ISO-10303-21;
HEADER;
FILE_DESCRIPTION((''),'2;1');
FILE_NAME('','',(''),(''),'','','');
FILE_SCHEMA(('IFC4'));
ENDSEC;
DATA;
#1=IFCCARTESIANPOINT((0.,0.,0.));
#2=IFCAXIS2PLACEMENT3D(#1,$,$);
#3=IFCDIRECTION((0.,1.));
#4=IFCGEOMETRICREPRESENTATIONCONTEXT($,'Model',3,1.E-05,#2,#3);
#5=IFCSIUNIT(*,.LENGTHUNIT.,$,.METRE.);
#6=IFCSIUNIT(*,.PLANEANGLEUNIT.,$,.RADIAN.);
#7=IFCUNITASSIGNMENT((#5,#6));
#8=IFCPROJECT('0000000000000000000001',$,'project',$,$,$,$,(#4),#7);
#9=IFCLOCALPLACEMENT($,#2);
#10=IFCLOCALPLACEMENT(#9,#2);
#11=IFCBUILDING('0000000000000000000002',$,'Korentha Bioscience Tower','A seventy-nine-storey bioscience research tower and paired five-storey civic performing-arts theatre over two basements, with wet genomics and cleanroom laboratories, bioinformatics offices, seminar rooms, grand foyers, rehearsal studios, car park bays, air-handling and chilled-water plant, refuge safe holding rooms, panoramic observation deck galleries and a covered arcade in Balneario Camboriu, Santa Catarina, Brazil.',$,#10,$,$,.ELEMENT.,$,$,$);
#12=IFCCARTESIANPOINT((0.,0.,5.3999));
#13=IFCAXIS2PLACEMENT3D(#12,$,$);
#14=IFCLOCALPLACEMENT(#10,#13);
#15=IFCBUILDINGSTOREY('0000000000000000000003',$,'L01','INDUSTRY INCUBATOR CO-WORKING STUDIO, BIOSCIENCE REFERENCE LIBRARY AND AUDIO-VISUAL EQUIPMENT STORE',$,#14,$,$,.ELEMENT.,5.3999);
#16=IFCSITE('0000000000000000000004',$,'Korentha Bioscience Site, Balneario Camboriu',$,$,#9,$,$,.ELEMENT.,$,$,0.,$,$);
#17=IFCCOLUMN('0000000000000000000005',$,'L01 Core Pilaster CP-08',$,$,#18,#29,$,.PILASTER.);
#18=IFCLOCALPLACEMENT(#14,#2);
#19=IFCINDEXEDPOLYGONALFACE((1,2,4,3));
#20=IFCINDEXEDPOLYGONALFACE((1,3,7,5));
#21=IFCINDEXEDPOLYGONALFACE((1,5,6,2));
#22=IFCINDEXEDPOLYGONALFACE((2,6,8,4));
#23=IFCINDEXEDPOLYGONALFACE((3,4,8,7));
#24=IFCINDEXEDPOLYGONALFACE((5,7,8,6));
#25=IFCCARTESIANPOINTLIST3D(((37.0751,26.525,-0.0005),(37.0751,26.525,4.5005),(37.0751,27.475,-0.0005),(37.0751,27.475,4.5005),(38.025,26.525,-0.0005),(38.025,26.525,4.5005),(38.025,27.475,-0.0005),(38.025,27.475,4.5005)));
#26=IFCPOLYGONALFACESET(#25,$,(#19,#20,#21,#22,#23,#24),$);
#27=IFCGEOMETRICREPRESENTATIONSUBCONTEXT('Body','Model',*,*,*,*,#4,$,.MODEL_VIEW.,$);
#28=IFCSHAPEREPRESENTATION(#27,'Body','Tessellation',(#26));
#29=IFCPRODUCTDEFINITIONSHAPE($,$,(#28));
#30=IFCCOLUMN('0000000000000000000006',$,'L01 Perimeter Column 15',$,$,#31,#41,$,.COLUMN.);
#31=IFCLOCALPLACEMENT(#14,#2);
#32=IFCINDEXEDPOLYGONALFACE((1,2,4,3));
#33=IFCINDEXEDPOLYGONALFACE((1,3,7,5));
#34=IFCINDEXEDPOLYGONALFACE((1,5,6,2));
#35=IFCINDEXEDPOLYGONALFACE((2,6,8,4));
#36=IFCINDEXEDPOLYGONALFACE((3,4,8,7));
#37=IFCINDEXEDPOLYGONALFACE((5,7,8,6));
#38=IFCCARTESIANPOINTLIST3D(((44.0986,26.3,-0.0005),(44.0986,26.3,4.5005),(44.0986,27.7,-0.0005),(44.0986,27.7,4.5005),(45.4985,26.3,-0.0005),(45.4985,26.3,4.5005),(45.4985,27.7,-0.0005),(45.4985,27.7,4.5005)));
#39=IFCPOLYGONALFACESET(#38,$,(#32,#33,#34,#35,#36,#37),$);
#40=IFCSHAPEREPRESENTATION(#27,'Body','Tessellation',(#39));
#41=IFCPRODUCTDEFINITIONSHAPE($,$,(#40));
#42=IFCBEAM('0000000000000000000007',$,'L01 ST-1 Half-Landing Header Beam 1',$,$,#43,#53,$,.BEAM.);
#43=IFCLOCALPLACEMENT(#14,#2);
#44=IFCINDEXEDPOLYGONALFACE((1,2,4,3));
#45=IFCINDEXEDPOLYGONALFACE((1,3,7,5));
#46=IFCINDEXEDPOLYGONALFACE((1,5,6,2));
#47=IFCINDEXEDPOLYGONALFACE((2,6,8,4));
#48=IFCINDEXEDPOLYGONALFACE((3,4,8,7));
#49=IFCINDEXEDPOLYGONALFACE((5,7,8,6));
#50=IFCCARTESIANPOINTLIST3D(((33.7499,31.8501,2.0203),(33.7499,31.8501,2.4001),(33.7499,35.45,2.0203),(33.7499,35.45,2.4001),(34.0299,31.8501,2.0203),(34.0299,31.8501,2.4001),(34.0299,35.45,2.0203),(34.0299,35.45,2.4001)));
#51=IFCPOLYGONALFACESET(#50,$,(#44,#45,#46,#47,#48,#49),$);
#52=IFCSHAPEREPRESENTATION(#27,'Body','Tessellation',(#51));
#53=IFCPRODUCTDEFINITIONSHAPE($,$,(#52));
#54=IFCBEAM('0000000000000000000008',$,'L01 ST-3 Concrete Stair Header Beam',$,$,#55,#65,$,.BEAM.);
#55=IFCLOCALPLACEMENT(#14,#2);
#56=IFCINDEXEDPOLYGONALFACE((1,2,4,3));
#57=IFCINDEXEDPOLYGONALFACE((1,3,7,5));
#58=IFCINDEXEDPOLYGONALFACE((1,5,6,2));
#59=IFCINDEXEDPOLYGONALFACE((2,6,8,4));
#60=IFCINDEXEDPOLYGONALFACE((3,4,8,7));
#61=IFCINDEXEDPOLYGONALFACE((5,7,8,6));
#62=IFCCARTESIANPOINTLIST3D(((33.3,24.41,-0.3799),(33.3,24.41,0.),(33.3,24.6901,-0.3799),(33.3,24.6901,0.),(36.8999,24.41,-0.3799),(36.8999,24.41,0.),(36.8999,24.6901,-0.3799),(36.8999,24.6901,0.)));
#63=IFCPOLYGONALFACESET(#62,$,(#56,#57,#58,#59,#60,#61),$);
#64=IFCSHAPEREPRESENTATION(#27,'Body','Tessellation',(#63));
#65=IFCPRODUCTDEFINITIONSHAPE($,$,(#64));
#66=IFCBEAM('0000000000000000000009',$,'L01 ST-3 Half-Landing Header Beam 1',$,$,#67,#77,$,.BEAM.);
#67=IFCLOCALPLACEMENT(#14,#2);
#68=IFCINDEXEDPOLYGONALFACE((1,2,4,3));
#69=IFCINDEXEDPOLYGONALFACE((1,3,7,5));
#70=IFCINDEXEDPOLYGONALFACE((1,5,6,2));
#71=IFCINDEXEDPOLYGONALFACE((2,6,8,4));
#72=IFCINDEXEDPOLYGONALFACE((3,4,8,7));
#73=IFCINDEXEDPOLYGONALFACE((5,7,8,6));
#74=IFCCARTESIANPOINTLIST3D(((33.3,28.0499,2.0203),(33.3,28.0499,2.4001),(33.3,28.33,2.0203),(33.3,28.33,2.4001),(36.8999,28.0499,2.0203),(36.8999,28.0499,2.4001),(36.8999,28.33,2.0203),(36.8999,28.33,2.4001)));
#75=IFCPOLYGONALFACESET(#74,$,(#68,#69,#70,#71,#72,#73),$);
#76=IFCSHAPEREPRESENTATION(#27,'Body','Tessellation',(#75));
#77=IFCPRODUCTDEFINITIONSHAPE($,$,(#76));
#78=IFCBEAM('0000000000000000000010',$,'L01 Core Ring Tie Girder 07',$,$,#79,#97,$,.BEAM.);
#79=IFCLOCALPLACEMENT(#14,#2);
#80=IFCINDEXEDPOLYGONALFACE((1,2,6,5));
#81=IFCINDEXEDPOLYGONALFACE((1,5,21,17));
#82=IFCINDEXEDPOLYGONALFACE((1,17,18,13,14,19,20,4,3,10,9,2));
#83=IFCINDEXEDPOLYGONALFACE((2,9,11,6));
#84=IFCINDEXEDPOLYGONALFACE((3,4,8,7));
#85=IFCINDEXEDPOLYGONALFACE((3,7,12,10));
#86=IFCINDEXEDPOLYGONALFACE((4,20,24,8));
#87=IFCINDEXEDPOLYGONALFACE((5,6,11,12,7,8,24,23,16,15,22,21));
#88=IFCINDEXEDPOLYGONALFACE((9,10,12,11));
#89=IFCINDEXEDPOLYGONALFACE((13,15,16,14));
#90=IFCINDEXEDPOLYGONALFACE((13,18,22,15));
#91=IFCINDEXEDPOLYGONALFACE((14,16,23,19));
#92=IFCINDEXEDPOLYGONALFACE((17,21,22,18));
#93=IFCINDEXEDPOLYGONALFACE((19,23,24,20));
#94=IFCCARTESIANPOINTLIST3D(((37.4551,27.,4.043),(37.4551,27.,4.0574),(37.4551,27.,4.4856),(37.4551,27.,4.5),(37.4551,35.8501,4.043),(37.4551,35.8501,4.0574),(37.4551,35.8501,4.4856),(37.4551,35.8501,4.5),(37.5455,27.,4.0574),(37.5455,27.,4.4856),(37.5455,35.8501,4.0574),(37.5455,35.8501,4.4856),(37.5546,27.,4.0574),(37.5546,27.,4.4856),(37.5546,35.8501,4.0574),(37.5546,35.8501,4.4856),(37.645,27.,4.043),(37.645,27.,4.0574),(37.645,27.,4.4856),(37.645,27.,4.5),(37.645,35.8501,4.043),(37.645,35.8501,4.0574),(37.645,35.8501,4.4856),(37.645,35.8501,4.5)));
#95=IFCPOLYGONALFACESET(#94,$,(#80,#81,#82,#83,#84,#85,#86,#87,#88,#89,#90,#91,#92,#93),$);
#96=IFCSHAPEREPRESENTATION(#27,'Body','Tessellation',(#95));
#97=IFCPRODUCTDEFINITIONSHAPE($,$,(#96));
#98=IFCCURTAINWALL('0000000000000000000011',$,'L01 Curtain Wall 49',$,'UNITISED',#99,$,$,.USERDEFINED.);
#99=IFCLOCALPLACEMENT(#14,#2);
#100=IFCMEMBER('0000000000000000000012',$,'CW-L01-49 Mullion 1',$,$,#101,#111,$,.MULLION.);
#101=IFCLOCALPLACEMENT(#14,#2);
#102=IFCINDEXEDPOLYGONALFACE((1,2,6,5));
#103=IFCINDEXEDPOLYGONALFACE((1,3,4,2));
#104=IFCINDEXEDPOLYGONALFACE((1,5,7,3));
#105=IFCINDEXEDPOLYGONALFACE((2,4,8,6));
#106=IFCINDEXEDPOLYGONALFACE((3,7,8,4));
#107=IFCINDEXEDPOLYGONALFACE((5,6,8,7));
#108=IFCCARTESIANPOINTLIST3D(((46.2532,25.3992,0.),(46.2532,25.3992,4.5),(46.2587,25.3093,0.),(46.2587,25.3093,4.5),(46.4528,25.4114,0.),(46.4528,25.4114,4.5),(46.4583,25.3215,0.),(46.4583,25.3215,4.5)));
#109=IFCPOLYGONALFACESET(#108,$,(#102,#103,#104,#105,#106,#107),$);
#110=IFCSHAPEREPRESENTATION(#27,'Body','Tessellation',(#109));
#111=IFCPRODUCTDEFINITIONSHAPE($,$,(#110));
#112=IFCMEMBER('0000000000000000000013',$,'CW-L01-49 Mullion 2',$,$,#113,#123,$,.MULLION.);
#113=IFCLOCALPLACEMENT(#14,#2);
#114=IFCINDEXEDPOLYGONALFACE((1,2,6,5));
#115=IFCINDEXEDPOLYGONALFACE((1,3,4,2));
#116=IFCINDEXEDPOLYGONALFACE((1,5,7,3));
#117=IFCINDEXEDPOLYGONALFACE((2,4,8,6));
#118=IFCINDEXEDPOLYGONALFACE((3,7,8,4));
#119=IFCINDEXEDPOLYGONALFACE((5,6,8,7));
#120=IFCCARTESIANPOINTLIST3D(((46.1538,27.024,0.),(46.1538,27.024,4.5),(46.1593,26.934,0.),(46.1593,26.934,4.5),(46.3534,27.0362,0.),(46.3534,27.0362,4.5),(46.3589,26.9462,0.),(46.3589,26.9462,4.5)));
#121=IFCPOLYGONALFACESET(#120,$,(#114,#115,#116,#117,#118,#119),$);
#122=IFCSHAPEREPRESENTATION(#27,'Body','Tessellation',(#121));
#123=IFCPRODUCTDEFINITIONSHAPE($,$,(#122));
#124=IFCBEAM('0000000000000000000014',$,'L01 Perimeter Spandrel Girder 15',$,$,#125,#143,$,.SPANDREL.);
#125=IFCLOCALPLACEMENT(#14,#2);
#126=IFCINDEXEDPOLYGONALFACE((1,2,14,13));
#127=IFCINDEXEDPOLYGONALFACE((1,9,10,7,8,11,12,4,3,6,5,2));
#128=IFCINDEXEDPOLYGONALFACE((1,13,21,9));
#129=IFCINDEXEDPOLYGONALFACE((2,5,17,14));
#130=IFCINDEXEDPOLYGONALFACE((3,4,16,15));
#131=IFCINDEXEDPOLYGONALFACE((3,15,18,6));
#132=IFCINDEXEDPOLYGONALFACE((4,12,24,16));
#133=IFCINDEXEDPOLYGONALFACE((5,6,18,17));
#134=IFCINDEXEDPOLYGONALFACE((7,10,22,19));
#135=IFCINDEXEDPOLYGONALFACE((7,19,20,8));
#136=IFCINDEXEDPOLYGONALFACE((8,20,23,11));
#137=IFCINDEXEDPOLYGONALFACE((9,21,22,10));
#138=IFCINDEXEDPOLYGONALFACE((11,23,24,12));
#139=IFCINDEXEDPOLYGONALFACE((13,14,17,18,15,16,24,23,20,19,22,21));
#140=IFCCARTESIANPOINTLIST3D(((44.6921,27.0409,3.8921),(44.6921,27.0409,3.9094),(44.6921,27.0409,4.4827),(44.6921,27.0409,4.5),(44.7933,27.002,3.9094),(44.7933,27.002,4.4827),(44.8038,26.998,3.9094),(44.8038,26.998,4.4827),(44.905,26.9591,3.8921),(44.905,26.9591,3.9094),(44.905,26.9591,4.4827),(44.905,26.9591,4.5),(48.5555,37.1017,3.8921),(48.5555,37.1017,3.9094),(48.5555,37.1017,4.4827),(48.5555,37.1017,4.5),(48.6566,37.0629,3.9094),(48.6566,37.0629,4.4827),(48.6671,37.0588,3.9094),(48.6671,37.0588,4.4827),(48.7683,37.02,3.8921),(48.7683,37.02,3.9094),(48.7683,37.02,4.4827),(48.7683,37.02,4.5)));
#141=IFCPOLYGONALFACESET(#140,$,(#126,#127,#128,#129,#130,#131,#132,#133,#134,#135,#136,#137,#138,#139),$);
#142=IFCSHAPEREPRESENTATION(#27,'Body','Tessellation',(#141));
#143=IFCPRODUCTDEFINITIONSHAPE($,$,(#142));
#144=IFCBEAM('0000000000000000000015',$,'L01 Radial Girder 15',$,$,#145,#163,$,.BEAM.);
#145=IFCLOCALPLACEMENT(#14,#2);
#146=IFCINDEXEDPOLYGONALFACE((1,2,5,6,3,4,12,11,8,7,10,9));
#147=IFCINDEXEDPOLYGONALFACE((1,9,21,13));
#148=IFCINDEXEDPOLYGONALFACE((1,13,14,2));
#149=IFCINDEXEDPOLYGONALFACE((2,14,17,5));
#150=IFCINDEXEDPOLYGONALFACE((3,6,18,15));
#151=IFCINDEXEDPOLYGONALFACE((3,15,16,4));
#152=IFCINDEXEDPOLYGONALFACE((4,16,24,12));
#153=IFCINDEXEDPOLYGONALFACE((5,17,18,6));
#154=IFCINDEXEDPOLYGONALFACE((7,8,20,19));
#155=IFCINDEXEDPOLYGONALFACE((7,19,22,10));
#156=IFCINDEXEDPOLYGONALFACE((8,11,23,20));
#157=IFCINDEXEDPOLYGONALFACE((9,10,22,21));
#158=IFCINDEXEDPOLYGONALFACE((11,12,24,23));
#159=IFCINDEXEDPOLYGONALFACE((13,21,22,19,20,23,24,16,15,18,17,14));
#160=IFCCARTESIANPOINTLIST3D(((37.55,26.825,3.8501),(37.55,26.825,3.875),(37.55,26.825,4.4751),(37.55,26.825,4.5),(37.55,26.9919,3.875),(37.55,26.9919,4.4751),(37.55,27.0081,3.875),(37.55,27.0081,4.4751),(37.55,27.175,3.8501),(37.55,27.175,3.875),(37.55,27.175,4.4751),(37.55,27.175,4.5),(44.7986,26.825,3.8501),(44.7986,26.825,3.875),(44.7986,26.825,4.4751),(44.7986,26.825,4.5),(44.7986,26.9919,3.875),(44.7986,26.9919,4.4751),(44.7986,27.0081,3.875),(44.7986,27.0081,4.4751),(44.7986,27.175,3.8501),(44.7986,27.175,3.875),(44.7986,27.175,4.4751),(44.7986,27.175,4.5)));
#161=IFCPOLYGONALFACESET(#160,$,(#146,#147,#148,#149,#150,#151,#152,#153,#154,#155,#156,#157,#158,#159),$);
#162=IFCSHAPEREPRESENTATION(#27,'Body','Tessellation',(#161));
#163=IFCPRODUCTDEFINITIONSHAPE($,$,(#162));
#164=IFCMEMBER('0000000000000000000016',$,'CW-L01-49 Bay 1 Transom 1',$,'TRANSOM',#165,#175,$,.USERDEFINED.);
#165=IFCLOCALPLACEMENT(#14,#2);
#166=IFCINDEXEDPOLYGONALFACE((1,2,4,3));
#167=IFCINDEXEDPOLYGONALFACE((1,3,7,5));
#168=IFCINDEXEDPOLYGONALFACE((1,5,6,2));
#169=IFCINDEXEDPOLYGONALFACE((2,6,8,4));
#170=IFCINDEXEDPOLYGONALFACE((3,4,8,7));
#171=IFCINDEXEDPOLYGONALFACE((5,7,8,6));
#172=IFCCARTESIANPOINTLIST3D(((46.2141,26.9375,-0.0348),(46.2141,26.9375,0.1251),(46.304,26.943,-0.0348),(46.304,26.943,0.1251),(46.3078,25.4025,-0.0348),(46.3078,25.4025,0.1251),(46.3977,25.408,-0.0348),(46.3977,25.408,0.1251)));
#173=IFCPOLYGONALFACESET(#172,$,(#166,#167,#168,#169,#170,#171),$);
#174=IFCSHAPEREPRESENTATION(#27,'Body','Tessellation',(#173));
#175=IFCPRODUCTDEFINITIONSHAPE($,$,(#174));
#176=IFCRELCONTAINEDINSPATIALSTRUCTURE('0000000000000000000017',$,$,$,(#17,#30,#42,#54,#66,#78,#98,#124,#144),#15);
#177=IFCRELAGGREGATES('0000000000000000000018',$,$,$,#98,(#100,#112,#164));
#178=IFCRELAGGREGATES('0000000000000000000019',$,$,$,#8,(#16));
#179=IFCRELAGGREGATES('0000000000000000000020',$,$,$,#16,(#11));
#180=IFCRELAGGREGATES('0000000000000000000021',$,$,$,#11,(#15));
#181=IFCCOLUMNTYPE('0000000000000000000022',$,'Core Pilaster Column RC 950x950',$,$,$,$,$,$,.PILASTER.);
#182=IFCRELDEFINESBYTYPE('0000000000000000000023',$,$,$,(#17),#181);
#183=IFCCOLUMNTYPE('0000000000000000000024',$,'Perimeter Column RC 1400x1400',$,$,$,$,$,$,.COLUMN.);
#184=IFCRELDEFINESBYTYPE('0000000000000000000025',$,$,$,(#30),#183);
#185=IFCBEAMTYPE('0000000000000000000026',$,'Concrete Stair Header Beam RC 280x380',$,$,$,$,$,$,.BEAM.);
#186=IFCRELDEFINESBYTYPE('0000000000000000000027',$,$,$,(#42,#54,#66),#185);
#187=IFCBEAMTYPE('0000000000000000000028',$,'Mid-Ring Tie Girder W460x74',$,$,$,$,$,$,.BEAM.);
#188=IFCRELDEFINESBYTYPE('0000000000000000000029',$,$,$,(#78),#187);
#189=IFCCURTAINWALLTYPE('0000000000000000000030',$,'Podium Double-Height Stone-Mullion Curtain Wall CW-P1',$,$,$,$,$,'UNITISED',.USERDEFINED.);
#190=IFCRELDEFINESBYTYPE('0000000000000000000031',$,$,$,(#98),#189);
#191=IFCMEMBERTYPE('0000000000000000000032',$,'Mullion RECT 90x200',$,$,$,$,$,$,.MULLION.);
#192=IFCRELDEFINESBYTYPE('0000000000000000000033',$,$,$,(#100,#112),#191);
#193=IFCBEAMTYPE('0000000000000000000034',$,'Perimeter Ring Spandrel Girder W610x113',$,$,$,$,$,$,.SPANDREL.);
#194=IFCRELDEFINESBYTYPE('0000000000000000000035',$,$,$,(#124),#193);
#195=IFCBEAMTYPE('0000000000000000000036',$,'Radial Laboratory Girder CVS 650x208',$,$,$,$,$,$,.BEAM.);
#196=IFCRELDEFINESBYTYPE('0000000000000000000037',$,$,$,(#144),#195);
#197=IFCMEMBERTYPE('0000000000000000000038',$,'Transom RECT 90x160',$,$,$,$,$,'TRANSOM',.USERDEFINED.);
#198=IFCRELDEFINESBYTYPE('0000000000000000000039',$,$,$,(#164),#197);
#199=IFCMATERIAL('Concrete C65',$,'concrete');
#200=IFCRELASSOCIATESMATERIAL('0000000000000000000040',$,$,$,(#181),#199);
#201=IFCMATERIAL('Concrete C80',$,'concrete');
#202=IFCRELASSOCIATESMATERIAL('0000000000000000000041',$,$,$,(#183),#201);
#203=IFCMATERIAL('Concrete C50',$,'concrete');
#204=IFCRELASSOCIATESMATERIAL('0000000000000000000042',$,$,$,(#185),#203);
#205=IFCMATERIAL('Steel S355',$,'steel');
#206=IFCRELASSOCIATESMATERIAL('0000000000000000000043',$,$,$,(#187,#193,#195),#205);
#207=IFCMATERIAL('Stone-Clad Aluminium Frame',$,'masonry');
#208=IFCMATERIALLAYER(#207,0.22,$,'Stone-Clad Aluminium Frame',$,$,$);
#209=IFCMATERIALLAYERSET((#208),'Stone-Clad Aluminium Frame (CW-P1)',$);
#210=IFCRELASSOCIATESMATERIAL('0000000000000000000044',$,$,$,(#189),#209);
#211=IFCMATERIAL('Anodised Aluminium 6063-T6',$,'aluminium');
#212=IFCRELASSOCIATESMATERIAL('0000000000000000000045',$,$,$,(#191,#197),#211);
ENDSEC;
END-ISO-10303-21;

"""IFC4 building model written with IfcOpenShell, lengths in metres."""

from ifc_helpers import new_model, si_unit, direction, frame, origin, origin_2d, place, context, subcontext, project, spatial, rectangle, i_section, extrude, material, layer, layer_set, material_profile, profile_set, type_object, element, aggregate, save


model = new_model("IFC4")

# Units and contexts
model_context = context("Model", 3, precision=1e-05, world=origin(), true_north=direction((0.0, 1.0)))
body_context = subcontext(model_context, "Body", "Model", "MODEL_VIEW")
ifc_project = project(units=[si_unit("LENGTHUNIT", "METRE"), si_unit("PLANEANGLEUNIT", "RADIAN")], contexts=[model_context])

# Site, building, storey
site_placement = place(None, origin())
site = spatial("IfcSite", under=ifc_project, at=site_placement, Name="Korentha Bioscience Site, Balneario Camboriu", CompositionType="ELEMENT", RefElevation=0.0)
building_placement = place(site_placement, origin())
building = spatial("IfcBuilding", under=site, at=building_placement, Name="Korentha Bioscience Tower", Description="A seventy-nine-storey bioscience research tower and paired five-storey civic performing-arts theatre over two basements, with wet genomics and cleanroom laboratories, bioinformatics offices, seminar rooms, grand foyers, rehearsal studios, car park bays, air-handling and chilled-water plant, refuge safe holding rooms, panoramic observation deck galleries and a covered arcade in Balneario Camboriu, Santa Catarina, Brazil.", CompositionType="ELEMENT")
storey_placement = place(building_placement, frame((0.0, 0.0, 5.3999)))
storey = spatial("IfcBuildingStorey", under=building, at=storey_placement, Name="L01", Description="INDUSTRY INCUBATOR CO-WORKING STUDIO, BIOSCIENCE REFERENCE LIBRARY AND AUDIO-VISUAL EQUIPMENT STORE", CompositionType="ELEMENT", Elevation=5.3999)

# Columns
ifc_material_1 = material(Name="Concrete C65", Category="concrete")
ifc_material_profile_1 = material_profile(ifc_material_1, rectangle(XDim=0.95, YDim=0.95, at=origin_2d()), Name="Concrete C65")
ifc_profile_set_1 = profile_set([ifc_material_profile_1], Name="Concrete C65 (COL-CP09)")
column_type_1 = type_object("IfcColumnType", Name="Core Pilaster Column RC 950x950", PredefinedType="PILASTER", material=ifc_profile_set_1)
column_1_placement = place(storey_placement, frame((37.55, 27.0, -0.0005), z_axis=(0.0, 0.0, 1.0), x_axis=(1.0, 0.0, 0.0)))
element("IfcColumn", 1, at=column_1_placement, inside=storey, type_object=column_type_1, Name="L01 Core Pilaster CP-08", PredefinedType="PILASTER", context=body_context, shape_type="SweptSolid", body=[
    extrude(rectangle(XDim=0.95, YDim=0.95, at=origin_2d()), origin(), (0.0, 0.0, 1.0), 4.501),
])
ifc_material_2 = material(Name="Concrete C80", Category="concrete")
ifc_material_profile_2 = material_profile(ifc_material_2, rectangle(XDim=1.3999, YDim=1.3999, at=origin_2d()), Name="Concrete C80")
ifc_profile_set_2 = profile_set([ifc_material_profile_2], Name="Concrete C80 (COL-P14)")
column_type_2 = type_object("IfcColumnType", Name="Perimeter Column RC 1400x1400", PredefinedType="COLUMN", material=ifc_profile_set_2)
column_2_placement = place(storey_placement, frame((44.7986, 27.0, -0.0005), z_axis=(0.0, 0.0, 1.0), x_axis=(0.0, 1.0, 0.0)))
element("IfcColumn", 2, at=column_2_placement, inside=storey, type_object=column_type_2, Name="L01 Perimeter Column 15", PredefinedType="COLUMN", context=body_context, shape_type="SweptSolid", body=[
    extrude(rectangle(XDim=1.3999, YDim=1.3999, at=origin_2d()), origin(), (0.0, 0.0, 1.0), 4.501),
])

# Beams
ifc_material_3 = material(Name="Concrete C50", Category="concrete")
ifc_material_profile_3 = material_profile(ifc_material_3, rectangle(XDim=0.28, YDim=0.3799, at=origin_2d()), Name="Concrete C50")
ifc_profile_set_3 = profile_set([ifc_material_profile_3], Name="Concrete C50 (ST-HB380)")
beam_type_1 = type_object("IfcBeamType", Name="Concrete Stair Header Beam RC 280x380", PredefinedType="BEAM", material=ifc_profile_set_3)
for number, where, z_axis, x_axis, name in (
    (3, (33.8899, 31.8501, 2.2102), (0.0, 1.0, 0.0), (-1.0, 0.0, 0.0), "L01 ST-1 Half-Landing Header Beam 1"),
    (4, (36.8999, 24.55, -0.1899), (-1.0, 0.0, 0.0), (0.0, -1.0, 0.0), "L01 ST-3 Concrete Stair Header Beam"),
    (5, (36.8999, 28.1899, 2.2102), (-1.0, 0.0, 0.0), (0.0, -1.0, 0.0), "L01 ST-3 Half-Landing Header Beam 1"),
):
    element("IfcBeam", number, at=place(storey_placement, frame(where, z_axis=z_axis, x_axis=x_axis)), inside=storey, type_object=beam_type_1, Name=name, PredefinedType="BEAM", context=body_context, shape_type="SweptSolid", body=[
        extrude(rectangle(XDim=0.28, YDim=0.3799, at=origin_2d()), origin(), (0.0, 0.0, 1.0), 3.5999),
    ])
ifc_material_4 = material(Name="Steel S355", Category="steel")
ifc_material_profile_4 = material_profile(ifc_material_4, i_section(OverallWidth=0.1899, OverallDepth=0.457, WebThickness=0.009, FlangeThickness=0.0144, at=origin_2d()), Name="Steel S355")
ifc_profile_set_4 = profile_set([ifc_material_profile_4], Name="Steel S355 (MB-460)")
beam_type_2 = type_object("IfcBeamType", Name="Mid-Ring Tie Girder W460x74", PredefinedType="BEAM", material=ifc_profile_set_4)
beam_1_placement = place(storey_placement, frame((37.55, 27.0, 4.2715), z_axis=(0.0, 1.0, 0.0), x_axis=(-1.0, 0.0, 0.0)))
element("IfcBeam", 6, at=beam_1_placement, inside=storey, type_object=beam_type_2, Name="L01 Core Ring Tie Girder 07", PredefinedType="BEAM", context=body_context, shape_type="SweptSolid", body=[
    extrude(i_section(OverallWidth=0.1899, OverallDepth=0.457, WebThickness=0.009, FlangeThickness=0.0144, at=origin_2d()), origin(), (0.0, 0.0, 1.0), 8.8501),
])

# Curtain wall, members
ifc_material_5 = material(Name="Stone-Clad Aluminium Frame", Category="masonry")
ifc_layer_1 = layer(ifc_material_5, 0.22, Name="Stone-Clad Aluminium Frame")
ifc_layer_set_1 = layer_set([ifc_layer_1], Name="Stone-Clad Aluminium Frame (CW-P1)")
curtain_wall_type = type_object("IfcCurtainWallType", Name="Podium Double-Height Stone-Mullion Curtain Wall CW-P1", ElementType="UNITISED", PredefinedType="USERDEFINED", material=ifc_layer_set_1)
curtain_wall_placement = place(storey_placement, origin())
curtain_wall = element("IfcCurtainWall", 7, at=curtain_wall_placement, inside=storey, type_object=curtain_wall_type, Name="L01 Curtain Wall 49", ObjectType="UNITISED", PredefinedType="USERDEFINED")
ifc_material_6 = material(Name="Anodised Aluminium 6063-T6", Category="aluminium")
ifc_material_profile_5 = material_profile(ifc_material_6, rectangle(XDim=0.0901, YDim=0.2, at=origin_2d()), Name="Anodised Aluminium 6063-T6")
ifc_profile_set_5 = profile_set([ifc_material_profile_5], Name="Anodised Aluminium 6063-T6 (CW-MUL)")
member_type_1 = type_object("IfcMemberType", Name="Mullion RECT 90x200", PredefinedType="MULLION", material=ifc_profile_set_5)
member_1_placement = place(storey_placement, frame((46.3557, 25.3604, 0.0), z_axis=(0.0, 0.0, 1.0), x_axis=(-0.061008, 0.998137, 0.0)))
member_1 = element("IfcMember", 8, at=member_1_placement, type_object=member_type_1, Name="CW-L01-49 Mullion 1", PredefinedType="MULLION", context=body_context, shape_type="SweptSolid", body=[
    extrude(rectangle(XDim=0.0901, YDim=0.2, at=origin_2d()), origin(), (0.0, 0.0, 1.0), 4.5),
])
member_2_placement = place(storey_placement, frame((46.2563, 26.9851, 0.0), z_axis=(0.0, 0.0, 1.0), x_axis=(-0.061008, 0.998137, 0.0)))
member_2 = element("IfcMember", 9, at=member_2_placement, type_object=member_type_1, Name="CW-L01-49 Mullion 2", PredefinedType="MULLION", context=body_context, shape_type="SweptSolid", body=[
    extrude(rectangle(XDim=0.0901, YDim=0.2, at=origin_2d()), origin(), (0.0, 0.0, 1.0), 4.5),
])

# Beams
ifc_material_profile_6 = material_profile(ifc_material_4, i_section(OverallWidth=0.228, OverallDepth=0.6079, WebThickness=0.0112, FlangeThickness=0.0173, at=origin_2d()), Name="Steel S355")
ifc_profile_set_6 = profile_set([ifc_material_profile_6], Name="Steel S355 (SB-610)")
beam_type_3 = type_object("IfcBeamType", Name="Perimeter Ring Spandrel Girder W610x113", PredefinedType="SPANDREL", material=ifc_profile_set_6)
beam_2_placement = place(storey_placement, frame((44.7986, 27.0, 4.196), z_axis=(0.358474, 0.93354, 0.0), x_axis=(-0.93354, 0.358474, 0.0)))
element("IfcBeam", 10, at=beam_2_placement, inside=storey, type_object=beam_type_3, Name="L01 Perimeter Spandrel Girder 15", PredefinedType="SPANDREL", context=body_context, shape_type="SweptSolid", body=[
    extrude(i_section(OverallWidth=0.228, OverallDepth=0.6079, WebThickness=0.0112, FlangeThickness=0.0173, at=origin_2d()), origin(), (0.0, 0.0, 1.0), 10.7771),
])
ifc_material_profile_7 = material_profile(ifc_material_4, i_section(OverallWidth=0.3501, OverallDepth=0.6499, WebThickness=0.0161, FlangeThickness=0.0249, at=origin_2d()), Name="Steel S355")
ifc_profile_set_7 = profile_set([ifc_material_profile_7], Name="Steel S355 (RB-650)")
beam_type_4 = type_object("IfcBeamType", Name="Radial Laboratory Girder CVS 650x208", PredefinedType="BEAM", material=ifc_profile_set_7)
beam_3_placement = place(storey_placement, frame((37.55, 27.0, 4.175), z_axis=(1.0, 0.0, 0.0), x_axis=(0.0, 1.0, 0.0)))
element("IfcBeam", 11, at=beam_3_placement, inside=storey, type_object=beam_type_4, Name="L01 Radial Girder 15", PredefinedType="BEAM", context=body_context, shape_type="SweptSolid", body=[
    extrude(i_section(OverallWidth=0.3501, OverallDepth=0.6499, WebThickness=0.0161, FlangeThickness=0.0249, at=origin_2d()), origin(), (0.0, 0.0, 1.0), 7.2485),
])

# Member
ifc_material_profile_8 = material_profile(ifc_material_6, rectangle(XDim=0.0901, YDim=0.1599, at=origin_2d()), Name="Anodised Aluminium 6063-T6")
ifc_profile_set_8 = profile_set([ifc_material_profile_8], Name="Anodised Aluminium 6063-T6 (CW-TRN)")
member_type_2 = type_object("IfcMemberType", Name="Transom RECT 90x160", ElementType="TRANSOM", PredefinedType="USERDEFINED", material=ifc_profile_set_8)
member_3_placement = place(storey_placement, frame((46.3528, 25.4053, 0.0452), z_axis=(-0.060965, 0.99814, 0.0), x_axis=(-0.99814, -0.060965, 0.0)))
member_3 = element("IfcMember", 12, at=member_3_placement, type_object=member_type_2, Name="CW-L01-49 Bay 1 Transom 1", ObjectType="TRANSOM", PredefinedType="USERDEFINED", context=body_context, shape_type="SweptSolid", body=[
    extrude(rectangle(XDim=0.0901, YDim=0.1599, at=origin_2d()), origin(), (0.0, 0.0, 1.0), 1.5378),
])

aggregate(curtain_wall, [member_1, member_2, member_3])

save(model, "model.ifc")
